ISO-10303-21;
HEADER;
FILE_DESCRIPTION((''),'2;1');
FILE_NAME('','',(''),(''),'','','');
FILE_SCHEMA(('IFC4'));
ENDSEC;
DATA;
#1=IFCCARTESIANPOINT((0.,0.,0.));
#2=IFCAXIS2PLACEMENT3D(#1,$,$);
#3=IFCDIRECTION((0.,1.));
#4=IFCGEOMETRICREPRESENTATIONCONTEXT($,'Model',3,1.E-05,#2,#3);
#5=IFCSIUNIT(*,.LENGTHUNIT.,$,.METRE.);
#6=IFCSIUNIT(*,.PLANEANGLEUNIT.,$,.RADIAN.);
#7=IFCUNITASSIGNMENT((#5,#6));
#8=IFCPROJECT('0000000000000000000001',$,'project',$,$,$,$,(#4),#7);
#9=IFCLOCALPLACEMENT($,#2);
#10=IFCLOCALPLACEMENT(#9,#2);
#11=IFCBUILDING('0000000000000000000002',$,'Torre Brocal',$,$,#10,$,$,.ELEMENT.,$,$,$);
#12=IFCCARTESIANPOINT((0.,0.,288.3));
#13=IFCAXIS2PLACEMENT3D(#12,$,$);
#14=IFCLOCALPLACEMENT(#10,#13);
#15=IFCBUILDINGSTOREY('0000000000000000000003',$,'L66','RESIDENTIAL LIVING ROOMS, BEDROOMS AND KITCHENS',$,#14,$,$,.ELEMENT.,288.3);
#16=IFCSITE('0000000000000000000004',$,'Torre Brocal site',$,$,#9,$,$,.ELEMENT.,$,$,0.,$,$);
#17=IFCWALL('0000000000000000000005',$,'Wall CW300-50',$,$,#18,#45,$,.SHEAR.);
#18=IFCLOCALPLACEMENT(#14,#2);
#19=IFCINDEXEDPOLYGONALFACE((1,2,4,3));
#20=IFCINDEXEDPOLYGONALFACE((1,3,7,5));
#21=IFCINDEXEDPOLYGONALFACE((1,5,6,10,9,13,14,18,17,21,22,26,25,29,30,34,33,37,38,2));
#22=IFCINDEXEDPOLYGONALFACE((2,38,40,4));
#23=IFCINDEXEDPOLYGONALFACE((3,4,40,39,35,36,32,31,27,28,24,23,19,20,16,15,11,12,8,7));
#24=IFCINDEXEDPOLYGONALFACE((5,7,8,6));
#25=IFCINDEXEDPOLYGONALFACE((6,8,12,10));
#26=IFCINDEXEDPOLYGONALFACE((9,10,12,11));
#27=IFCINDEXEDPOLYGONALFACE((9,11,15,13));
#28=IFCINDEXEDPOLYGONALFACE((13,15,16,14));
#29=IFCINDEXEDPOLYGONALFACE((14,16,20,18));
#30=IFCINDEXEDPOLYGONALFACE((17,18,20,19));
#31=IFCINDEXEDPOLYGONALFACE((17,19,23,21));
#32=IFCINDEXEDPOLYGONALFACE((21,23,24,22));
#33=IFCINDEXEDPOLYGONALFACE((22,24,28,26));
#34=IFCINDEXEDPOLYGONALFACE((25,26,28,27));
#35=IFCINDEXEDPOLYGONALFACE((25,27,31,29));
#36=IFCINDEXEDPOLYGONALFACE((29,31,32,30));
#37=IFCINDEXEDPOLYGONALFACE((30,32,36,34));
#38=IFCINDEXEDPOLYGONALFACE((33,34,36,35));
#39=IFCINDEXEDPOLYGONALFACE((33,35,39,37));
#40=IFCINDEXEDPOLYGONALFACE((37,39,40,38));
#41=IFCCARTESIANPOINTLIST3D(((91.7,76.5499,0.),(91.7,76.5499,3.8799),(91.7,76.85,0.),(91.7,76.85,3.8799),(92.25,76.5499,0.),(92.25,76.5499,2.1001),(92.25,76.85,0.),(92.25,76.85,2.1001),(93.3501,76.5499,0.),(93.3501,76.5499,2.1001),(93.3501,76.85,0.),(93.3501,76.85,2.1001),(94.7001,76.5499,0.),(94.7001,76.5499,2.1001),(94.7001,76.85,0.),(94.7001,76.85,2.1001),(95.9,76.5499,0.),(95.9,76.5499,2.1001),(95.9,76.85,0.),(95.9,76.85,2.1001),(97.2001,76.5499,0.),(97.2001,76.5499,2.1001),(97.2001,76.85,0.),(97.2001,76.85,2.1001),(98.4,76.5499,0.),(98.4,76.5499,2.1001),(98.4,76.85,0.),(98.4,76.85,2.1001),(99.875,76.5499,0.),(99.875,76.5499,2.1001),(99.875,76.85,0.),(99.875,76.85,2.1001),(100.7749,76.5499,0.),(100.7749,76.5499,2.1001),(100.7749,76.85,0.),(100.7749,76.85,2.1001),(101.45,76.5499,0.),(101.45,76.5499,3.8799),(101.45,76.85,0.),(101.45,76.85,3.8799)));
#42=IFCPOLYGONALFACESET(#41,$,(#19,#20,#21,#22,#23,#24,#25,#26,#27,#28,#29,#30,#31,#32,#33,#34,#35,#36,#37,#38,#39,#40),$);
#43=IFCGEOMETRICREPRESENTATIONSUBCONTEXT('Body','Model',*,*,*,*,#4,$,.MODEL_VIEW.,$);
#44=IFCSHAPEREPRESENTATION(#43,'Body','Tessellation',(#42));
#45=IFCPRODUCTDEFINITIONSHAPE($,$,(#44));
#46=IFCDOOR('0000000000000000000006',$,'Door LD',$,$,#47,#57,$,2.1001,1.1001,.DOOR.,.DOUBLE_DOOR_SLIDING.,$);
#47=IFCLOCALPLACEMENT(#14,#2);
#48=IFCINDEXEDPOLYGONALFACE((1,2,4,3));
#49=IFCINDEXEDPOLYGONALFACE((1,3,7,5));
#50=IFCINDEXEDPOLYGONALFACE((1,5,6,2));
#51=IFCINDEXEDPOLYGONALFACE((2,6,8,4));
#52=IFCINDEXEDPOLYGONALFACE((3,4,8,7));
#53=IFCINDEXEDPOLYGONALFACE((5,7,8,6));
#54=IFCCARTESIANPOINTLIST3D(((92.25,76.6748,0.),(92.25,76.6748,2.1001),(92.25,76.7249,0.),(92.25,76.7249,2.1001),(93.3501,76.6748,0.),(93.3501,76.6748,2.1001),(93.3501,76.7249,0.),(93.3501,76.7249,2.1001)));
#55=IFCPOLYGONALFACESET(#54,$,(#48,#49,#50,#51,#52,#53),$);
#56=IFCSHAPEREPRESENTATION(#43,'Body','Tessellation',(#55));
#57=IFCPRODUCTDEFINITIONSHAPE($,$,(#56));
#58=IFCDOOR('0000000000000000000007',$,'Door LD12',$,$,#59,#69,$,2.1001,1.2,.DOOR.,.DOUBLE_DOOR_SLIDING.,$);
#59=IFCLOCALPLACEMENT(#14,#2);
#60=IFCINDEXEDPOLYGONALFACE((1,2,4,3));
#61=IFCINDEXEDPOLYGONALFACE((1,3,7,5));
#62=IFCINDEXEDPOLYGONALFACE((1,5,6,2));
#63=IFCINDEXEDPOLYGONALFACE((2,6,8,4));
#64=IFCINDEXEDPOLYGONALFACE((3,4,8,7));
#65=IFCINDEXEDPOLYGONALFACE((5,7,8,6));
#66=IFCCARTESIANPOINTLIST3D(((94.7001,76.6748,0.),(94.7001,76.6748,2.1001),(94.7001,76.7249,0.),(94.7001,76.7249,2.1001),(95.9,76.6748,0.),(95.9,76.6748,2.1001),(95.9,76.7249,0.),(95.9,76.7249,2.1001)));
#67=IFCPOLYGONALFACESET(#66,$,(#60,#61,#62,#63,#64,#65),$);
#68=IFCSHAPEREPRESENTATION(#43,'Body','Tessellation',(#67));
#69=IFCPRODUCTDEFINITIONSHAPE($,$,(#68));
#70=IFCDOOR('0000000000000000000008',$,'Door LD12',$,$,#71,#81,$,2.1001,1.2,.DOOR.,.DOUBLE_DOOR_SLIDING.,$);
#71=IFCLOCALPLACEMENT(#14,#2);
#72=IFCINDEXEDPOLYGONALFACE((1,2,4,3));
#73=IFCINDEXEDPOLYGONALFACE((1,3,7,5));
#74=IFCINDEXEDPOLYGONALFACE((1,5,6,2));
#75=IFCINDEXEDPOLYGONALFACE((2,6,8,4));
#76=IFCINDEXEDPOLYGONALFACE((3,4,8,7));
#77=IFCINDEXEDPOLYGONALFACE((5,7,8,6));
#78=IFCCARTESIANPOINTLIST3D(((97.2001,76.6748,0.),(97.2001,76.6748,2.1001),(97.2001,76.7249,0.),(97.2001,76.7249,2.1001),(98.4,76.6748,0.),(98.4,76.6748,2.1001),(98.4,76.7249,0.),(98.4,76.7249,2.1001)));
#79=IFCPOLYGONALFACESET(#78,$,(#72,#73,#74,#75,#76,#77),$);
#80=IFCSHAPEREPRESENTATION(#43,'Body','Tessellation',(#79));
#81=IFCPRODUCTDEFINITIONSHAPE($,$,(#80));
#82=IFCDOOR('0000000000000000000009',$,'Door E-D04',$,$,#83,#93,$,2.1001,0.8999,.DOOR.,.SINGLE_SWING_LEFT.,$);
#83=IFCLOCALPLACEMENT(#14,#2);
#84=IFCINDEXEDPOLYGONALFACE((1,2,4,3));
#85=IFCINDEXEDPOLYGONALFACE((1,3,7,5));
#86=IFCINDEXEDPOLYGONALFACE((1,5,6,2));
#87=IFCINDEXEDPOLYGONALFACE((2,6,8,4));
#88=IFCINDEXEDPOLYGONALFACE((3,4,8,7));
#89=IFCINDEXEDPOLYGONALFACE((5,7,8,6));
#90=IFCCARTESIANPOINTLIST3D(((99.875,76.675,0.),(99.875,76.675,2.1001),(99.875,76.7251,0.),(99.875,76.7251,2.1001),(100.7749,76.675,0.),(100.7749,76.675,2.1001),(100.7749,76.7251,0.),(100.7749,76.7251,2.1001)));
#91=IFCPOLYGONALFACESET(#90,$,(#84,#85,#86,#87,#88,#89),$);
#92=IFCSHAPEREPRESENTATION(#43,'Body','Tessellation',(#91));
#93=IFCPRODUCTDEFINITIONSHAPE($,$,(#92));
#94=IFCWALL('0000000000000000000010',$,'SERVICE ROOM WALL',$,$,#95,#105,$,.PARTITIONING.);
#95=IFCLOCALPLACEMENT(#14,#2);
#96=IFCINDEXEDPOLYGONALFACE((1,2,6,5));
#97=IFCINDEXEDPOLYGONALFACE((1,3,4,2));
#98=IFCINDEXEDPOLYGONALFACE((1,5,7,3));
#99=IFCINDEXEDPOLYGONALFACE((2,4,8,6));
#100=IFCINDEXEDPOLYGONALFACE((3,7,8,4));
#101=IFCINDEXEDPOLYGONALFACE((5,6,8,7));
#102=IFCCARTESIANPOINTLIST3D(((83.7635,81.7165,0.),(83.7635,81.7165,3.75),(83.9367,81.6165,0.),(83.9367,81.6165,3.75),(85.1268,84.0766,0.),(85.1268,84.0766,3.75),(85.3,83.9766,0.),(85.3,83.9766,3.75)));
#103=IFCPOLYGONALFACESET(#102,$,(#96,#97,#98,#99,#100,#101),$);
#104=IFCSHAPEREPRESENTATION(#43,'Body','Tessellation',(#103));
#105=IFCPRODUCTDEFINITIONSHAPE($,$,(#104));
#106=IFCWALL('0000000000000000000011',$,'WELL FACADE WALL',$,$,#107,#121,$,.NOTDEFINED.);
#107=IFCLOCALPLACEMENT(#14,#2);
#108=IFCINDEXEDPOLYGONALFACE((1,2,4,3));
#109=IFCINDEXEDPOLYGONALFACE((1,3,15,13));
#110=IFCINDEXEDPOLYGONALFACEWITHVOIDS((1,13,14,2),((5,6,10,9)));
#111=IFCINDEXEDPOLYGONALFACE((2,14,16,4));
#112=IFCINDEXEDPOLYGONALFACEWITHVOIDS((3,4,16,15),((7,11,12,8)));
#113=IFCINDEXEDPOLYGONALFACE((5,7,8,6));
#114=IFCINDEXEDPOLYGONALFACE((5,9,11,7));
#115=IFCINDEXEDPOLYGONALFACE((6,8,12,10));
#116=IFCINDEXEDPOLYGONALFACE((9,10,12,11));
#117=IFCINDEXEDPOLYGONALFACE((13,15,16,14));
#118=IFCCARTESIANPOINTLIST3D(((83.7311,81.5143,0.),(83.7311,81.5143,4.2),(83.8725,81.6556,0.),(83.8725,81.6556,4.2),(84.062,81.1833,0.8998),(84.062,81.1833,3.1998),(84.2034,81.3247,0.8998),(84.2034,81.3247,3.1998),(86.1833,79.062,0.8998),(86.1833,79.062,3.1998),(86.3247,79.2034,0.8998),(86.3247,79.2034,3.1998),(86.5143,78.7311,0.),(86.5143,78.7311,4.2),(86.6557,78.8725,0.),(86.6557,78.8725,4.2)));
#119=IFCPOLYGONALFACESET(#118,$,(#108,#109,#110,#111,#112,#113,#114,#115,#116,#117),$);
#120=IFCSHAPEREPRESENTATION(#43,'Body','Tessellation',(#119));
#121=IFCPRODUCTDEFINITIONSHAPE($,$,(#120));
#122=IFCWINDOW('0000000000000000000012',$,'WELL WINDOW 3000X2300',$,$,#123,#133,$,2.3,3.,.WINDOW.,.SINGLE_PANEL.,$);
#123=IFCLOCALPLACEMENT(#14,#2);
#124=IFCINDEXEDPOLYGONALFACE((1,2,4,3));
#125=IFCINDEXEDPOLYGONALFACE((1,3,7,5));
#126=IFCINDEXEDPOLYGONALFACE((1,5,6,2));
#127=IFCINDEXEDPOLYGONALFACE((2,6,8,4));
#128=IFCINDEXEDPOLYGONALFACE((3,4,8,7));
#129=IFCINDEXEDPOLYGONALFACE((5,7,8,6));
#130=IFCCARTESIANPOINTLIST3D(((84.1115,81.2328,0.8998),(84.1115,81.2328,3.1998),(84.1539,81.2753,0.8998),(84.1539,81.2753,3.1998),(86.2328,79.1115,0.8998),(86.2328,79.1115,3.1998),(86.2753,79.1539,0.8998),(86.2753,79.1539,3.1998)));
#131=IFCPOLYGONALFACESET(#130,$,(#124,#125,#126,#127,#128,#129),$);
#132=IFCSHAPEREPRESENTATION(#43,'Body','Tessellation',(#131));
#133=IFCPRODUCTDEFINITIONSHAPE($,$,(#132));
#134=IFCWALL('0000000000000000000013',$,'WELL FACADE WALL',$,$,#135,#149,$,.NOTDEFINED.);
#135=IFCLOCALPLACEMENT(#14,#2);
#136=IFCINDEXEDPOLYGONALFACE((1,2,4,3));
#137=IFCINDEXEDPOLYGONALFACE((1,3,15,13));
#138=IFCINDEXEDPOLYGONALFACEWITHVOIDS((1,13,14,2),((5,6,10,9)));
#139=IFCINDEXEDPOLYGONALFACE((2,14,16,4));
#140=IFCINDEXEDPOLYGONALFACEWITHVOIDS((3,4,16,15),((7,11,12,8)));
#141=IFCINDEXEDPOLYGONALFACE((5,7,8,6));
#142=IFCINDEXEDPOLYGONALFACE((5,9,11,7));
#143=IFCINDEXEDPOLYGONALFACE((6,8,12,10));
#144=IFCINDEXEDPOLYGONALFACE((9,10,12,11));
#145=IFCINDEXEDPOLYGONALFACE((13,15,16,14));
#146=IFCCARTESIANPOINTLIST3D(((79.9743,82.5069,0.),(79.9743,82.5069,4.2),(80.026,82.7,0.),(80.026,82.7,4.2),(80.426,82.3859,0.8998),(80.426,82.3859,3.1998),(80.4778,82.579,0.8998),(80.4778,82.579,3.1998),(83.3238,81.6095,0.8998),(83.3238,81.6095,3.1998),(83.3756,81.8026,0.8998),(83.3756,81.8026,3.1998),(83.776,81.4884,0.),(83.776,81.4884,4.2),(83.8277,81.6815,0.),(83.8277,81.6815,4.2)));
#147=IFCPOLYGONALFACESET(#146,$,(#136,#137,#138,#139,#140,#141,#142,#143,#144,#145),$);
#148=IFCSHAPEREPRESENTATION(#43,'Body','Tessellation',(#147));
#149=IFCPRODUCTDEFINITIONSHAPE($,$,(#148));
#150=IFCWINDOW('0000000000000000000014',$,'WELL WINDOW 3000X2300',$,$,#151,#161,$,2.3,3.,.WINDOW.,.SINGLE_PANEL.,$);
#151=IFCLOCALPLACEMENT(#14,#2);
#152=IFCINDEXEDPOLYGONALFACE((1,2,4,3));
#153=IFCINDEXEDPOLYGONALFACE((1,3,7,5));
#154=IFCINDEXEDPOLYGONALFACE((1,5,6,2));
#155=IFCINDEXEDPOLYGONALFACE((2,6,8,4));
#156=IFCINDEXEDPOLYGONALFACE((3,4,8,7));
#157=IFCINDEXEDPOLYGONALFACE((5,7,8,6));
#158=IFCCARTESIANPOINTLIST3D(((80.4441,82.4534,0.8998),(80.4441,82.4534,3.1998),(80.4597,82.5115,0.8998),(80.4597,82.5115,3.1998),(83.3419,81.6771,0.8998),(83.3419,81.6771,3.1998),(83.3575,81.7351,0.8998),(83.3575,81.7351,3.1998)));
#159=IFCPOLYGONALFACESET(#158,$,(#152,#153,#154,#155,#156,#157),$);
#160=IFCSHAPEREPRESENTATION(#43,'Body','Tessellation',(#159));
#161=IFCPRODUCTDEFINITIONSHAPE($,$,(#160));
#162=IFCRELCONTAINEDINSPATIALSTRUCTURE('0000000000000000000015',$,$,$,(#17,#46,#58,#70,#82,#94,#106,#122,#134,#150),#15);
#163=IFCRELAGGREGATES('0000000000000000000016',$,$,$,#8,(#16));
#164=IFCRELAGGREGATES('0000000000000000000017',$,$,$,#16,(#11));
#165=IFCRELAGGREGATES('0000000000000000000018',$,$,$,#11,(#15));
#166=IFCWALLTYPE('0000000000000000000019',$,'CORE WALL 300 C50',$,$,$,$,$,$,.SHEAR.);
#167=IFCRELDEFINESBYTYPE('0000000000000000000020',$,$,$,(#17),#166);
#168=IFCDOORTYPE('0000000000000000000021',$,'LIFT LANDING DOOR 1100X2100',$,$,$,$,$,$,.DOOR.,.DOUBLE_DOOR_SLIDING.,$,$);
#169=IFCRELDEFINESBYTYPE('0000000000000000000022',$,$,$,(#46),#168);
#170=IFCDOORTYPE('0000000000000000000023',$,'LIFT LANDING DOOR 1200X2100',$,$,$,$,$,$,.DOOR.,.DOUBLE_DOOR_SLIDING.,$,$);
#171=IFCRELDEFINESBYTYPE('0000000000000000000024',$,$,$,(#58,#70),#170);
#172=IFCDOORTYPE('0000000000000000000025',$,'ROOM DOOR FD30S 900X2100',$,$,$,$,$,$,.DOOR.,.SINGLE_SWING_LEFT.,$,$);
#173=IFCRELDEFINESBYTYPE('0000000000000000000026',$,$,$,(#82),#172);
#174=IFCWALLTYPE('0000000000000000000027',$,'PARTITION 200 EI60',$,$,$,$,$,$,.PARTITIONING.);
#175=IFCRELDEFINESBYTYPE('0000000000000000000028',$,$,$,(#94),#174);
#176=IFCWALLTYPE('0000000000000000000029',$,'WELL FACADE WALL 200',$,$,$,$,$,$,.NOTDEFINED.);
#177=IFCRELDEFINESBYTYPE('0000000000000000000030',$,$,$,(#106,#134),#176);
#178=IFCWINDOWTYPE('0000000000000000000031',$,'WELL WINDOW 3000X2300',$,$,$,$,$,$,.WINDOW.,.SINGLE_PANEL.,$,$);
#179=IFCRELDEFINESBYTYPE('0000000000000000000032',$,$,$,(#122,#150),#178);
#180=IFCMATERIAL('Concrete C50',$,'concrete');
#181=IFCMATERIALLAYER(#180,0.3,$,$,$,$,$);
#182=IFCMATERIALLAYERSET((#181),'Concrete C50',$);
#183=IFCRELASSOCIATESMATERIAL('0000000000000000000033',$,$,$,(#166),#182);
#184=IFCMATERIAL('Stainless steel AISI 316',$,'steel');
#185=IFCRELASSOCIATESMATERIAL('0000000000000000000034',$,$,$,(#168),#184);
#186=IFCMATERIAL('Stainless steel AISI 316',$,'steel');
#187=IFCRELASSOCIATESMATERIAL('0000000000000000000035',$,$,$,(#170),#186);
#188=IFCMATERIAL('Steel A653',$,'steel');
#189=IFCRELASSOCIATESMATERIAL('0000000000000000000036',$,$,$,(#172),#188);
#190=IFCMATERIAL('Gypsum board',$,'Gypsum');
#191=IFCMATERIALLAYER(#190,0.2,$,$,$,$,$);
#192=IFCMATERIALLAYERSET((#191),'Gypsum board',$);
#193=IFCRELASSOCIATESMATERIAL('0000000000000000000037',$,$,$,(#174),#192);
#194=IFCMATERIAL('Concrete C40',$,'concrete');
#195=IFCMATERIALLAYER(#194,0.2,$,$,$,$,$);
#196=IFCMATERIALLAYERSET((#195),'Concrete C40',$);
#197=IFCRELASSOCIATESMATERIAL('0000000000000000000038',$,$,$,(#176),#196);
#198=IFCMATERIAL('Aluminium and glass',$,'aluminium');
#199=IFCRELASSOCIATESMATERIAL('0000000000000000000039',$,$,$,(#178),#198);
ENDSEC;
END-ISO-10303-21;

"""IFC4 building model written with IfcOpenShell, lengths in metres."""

from ifc_helpers import new_model, si_unit, direction, frame, frame_2d, origin, place, context, subcontext, project, spatial, rectangle, extrude, material, layer, layer_set, type_object, element, fill, save


model = new_model("IFC4")

# Units and contexts
model_context = context("Model", 3, precision=1e-05, world=origin(), true_north=direction((0.0, 1.0)))
body_context = subcontext(model_context, "Body", "Model", "MODEL_VIEW")
ifc_project = project(units=[si_unit("LENGTHUNIT", "METRE"), si_unit("PLANEANGLEUNIT", "RADIAN")], contexts=[model_context])

# Site, building, storey
site_placement = place(None, origin())
site = spatial("IfcSite", under=ifc_project, at=site_placement, Name="Torre Brocal site", CompositionType="ELEMENT", RefElevation=0.0)
building_placement = place(site_placement, origin())
building = spatial("IfcBuilding", under=site, at=building_placement, Name="Torre Brocal", CompositionType="ELEMENT")
storey_placement = place(building_placement, frame((0.0, 0.0, 288.3)))
storey = spatial("IfcBuildingStorey", under=building, at=storey_placement, Name="L66", Description="RESIDENTIAL LIVING ROOMS, BEDROOMS AND KITCHENS", CompositionType="ELEMENT", Elevation=288.3)

# Shared definitions
ifc_material_1 = material(Name="Concrete C50", Category="concrete")
ifc_layer_1 = layer(ifc_material_1, 0.3)
ifc_layer_set_1 = layer_set([ifc_layer_1], Name="Concrete C50")
wall_type_1 = type_object("IfcWallType", Name="CORE WALL 300 C50", PredefinedType="SHEAR", material=ifc_layer_set_1)

# Wall, openings, doors
wall_1_placement = place(storey_placement, frame((91.7, 76.7, 0.0), z_axis=(0.0, 0.0, 1.0), x_axis=(1.0, 0.0, 0.0)))
wall_1 = element("IfcWall", 1, at=wall_1_placement, inside=storey, type_object=wall_type_1, Name="Wall CW300-50", PredefinedType="SHEAR", context=body_context, shape_type="SweptSolid", body=[
    extrude(rectangle(XDim=9.75, YDim=0.3, at=frame_2d((4.875, 0.0))), origin(), (0.0, 0.0, 1.0), 3.8799),
])
opening_1_placement = place(wall_1_placement, frame((0.55, 0.0, 0.0)))
opening_1 = element("IfcOpeningElement", 2, at=opening_1_placement, cuts=wall_1, PredefinedType="OPENING", context=body_context, shape_type="SweptSolid", body=[
    extrude(rectangle(XDim=1.1001, YDim=2.1001, at=frame_2d((0.55, 1.05))), frame((0.0, 0.1599, 0.0), z_axis=(0.0, -1.0, 0.0), x_axis=(1.0, 0.0, 0.0)), (0.0, 0.0, 1.0), 0.3201),
])
opening_2_placement = place(wall_1_placement, frame((3.0, 0.0, 0.0)))
opening_2 = element("IfcOpeningElement", 3, at=opening_2_placement, cuts=wall_1, PredefinedType="OPENING", context=body_context, shape_type="SweptSolid", body=[
    extrude(rectangle(XDim=1.2, YDim=2.1001, at=frame_2d((0.6001, 1.05))), frame((0.0, 0.1599, 0.0), z_axis=(0.0, -1.0, 0.0), x_axis=(1.0, 0.0, 0.0)), (0.0, 0.0, 1.0), 0.3201),
])
opening_3_placement = place(wall_1_placement, frame((5.5, 0.0, 0.0)))
opening_3 = element("IfcOpeningElement", 4, at=opening_3_placement, cuts=wall_1, PredefinedType="OPENING", context=body_context, shape_type="SweptSolid", body=[
    extrude(rectangle(XDim=1.2, YDim=2.1001, at=frame_2d((0.6001, 1.05))), frame((0.0, 0.1599, 0.0), z_axis=(0.0, -1.0, 0.0), x_axis=(1.0, 0.0, 0.0)), (0.0, 0.0, 1.0), 0.3201),
])
opening_4_placement = place(wall_1_placement, frame((8.175, 0.0, 0.0)))
opening_4 = element("IfcOpeningElement", 5, at=opening_4_placement, cuts=wall_1, PredefinedType="OPENING", context=body_context, shape_type="SweptSolid", body=[
    extrude(rectangle(XDim=0.8999, YDim=2.1001, at=frame_2d((0.45, 1.05))), frame((0.0, 0.1599, 0.0), z_axis=(0.0, -1.0, 0.0), x_axis=(1.0, 0.0, 0.0)), (0.0, 0.0, 1.0), 0.3201),
])
ifc_material_2 = material(Name="Stainless steel AISI 316", Category="steel")
door_type_1 = type_object("IfcDoorType", Name="LIFT LANDING DOOR 1100X2100", OperationType="DOUBLE_DOOR_SLIDING", PredefinedType="DOOR", material=ifc_material_2)
door_1_placement = place(opening_1_placement, origin())
door_1 = element("IfcDoor", 6, at=door_1_placement, inside=storey, type_object=door_type_1, Name="Door LD", OperationType="DOUBLE_DOOR_SLIDING", OverallHeight=2.1001, OverallWidth=1.1001, PredefinedType="DOOR", context=body_context, shape_type="SweptSolid", body=[
    extrude(rectangle(XDim=1.1001, YDim=2.1001, at=frame_2d((0.55, 1.05))), frame((0.0, 0.0249, 0.0), z_axis=(0.0, -1.0, 0.0), x_axis=(1.0, 0.0, 0.0)), (0.0, 0.0, 1.0), 0.05),
])
fill(opening_1, door_1)
ifc_material_3 = material(Name="Stainless steel AISI 316", Category="steel")
door_type_2 = type_object("IfcDoorType", Name="LIFT LANDING DOOR 1200X2100", OperationType="DOUBLE_DOOR_SLIDING", PredefinedType="DOOR", material=ifc_material_3)
door_2_placement = place(opening_2_placement, origin())
door_2 = element("IfcDoor", 7, at=door_2_placement, inside=storey, type_object=door_type_2, Name="Door LD12", OperationType="DOUBLE_DOOR_SLIDING", OverallHeight=2.1001, OverallWidth=1.2, PredefinedType="DOOR", context=body_context, shape_type="SweptSolid", body=[
    extrude(rectangle(XDim=1.2, YDim=2.1001, at=frame_2d((0.6001, 1.05))), frame((0.0, 0.0249, 0.0), z_axis=(0.0, -1.0, 0.0), x_axis=(1.0, 0.0, 0.0)), (0.0, 0.0, 1.0), 0.05),
])
fill(opening_2, door_2)
door_3_placement = place(opening_3_placement, origin())
door_3 = element("IfcDoor", 8, at=door_3_placement, inside=storey, type_object=door_type_2, Name="Door LD12", OperationType="DOUBLE_DOOR_SLIDING", OverallHeight=2.1001, OverallWidth=1.2, PredefinedType="DOOR", context=body_context, shape_type="SweptSolid", body=[
    extrude(rectangle(XDim=1.2, YDim=2.1001, at=frame_2d((0.6001, 1.05))), frame((0.0, 0.0249, 0.0), z_axis=(0.0, -1.0, 0.0), x_axis=(1.0, 0.0, 0.0)), (0.0, 0.0, 1.0), 0.05),
])
fill(opening_3, door_3)
ifc_material_4 = material(Name="Steel A653", Category="steel")
door_type_3 = type_object("IfcDoorType", Name="ROOM DOOR FD30S 900X2100", OperationType="SINGLE_SWING_LEFT", PredefinedType="DOOR", material=ifc_material_4)
door_4_placement = place(opening_4_placement, frame((0.8999, 0.0, 0.0), z_axis=(0.0, 0.0, 1.0), x_axis=(-1.0, 0.0, 0.0)))
door_4 = element("IfcDoor", 9, at=door_4_placement, inside=storey, type_object=door_type_3, Name="Door E-D04", OperationType="SINGLE_SWING_LEFT", OverallHeight=2.1001, OverallWidth=0.8999, PredefinedType="DOOR", context=body_context, shape_type="SweptSolid", body=[
    extrude(rectangle(XDim=0.8999, YDim=2.1001, at=frame_2d((0.45, 1.05))), frame((0.0, 0.0249, 0.0), z_axis=(0.0, -1.0, 0.0), x_axis=(1.0, 0.0, 0.0)), (0.0, 0.0, 1.0), 0.05),
])
fill(opening_4, door_4)

# Wall
ifc_material_5 = material(Name="Gypsum board", Category="Gypsum")
ifc_layer_2 = layer(ifc_material_5, 0.2)
ifc_layer_set_2 = layer_set([ifc_layer_2], Name="Gypsum board")
wall_type_2 = type_object("IfcWallType", Name="PARTITION 200 EI60", PredefinedType="PARTITIONING", material=ifc_layer_set_2)
wall_2_placement = place(storey_placement, frame((83.8501, 81.6665, 0.0), z_axis=(0.0, 0.0, 1.0), x_axis=(0.500185, 0.865919, 0.0)))
element("IfcWall", 10, at=wall_2_placement, inside=storey, type_object=wall_type_2, Name="SERVICE ROOM WALL", PredefinedType="PARTITIONING", context=body_context, shape_type="SweptSolid", body=[
    extrude(rectangle(XDim=2.7256, YDim=0.2, at=frame_2d((1.3628, 0.0))), origin(), (0.0, 0.0, 1.0), 3.75),
])

# Walls, openings, windows
ifc_material_6 = material(Name="Concrete C40", Category="concrete")
ifc_layer_3 = layer(ifc_material_6, 0.2)
ifc_layer_set_3 = layer_set([ifc_layer_3], Name="Concrete C40")
wall_type_3 = type_object("IfcWallType", Name="WELL FACADE WALL 200", PredefinedType="NOTDEFINED", material=ifc_layer_set_3)
wall_3_placement = place(storey_placement, frame((86.585, 78.8018, 0.0), z_axis=(0.0, 0.0, 1.0), x_axis=(-0.707107, 0.707107, 0.0)))
wall_3 = element("IfcWall", 11, at=wall_3_placement, inside=storey, type_object=wall_type_3, Name="WELL FACADE WALL", PredefinedType="NOTDEFINED", context=body_context, shape_type="SweptSolid", body=[
    extrude(rectangle(XDim=3.936, YDim=0.2, at=frame_2d((1.968, 0.0))), origin(), (0.0, 0.0, 1.0), 4.2),
])
opening_5_placement = place(wall_3_placement, frame((0.468, 0.0, 0.8999)))
opening_5 = element("IfcOpeningElement", 12, at=opening_5_placement, cuts=wall_3, PredefinedType="OPENING", context=body_context, shape_type="SweptSolid", body=[
    extrude(rectangle(XDim=3.0, YDim=2.3, at=frame_2d((1.5, 1.1499))), frame((0.0, 0.1099, 0.0), z_axis=(0.0, -1.0, 0.0), x_axis=(1.0, 0.0, 0.0)), (0.0, 0.0, 1.0), 0.22),
])
ifc_material_7 = material(Name="Aluminium and glass", Category="aluminium")
window_type = type_object("IfcWindowType", Name="WELL WINDOW 3000X2300", PartitioningType="SINGLE_PANEL", PredefinedType="WINDOW", material=ifc_material_7)
window_1_placement = place(opening_5_placement, origin())
window_1 = element("IfcWindow", 13, at=window_1_placement, inside=storey, type_object=window_type, Name="WELL WINDOW 3000X2300", OverallHeight=2.3, OverallWidth=3.0, PartitioningType="SINGLE_PANEL", PredefinedType="WINDOW", context=body_context, shape_type="SweptSolid", body=[
    extrude(rectangle(XDim=3.0, YDim=2.3, at=frame_2d((1.5, 1.1499))), frame((0.0, 0.03, 0.0), z_axis=(0.0, -1.0, 0.0), x_axis=(1.0, 0.0, 0.0)), (0.0, 0.0, 1.0), 0.0601),
])
fill(opening_5, window_1)
wall_4_placement = place(storey_placement, frame((83.8018, 81.585, 0.0), z_axis=(0.0, 0.0, 1.0), x_axis=(-0.965934, 0.25879, 0.0)))
wall_4 = element("IfcWall", 14, at=wall_4_placement, inside=storey, type_object=wall_type_3, Name="WELL FACADE WALL", PredefinedType="NOTDEFINED", context=body_context, shape_type="SweptSolid", body=[
    extrude(rectangle(XDim=3.9358, YDim=0.2, at=frame_2d((1.9678, 0.0))), origin(), (0.0, 0.0, 1.0), 4.2),
])
opening_6_placement = place(wall_4_placement, frame((0.468, 0.0, 0.8999)))
opening_6 = element("IfcOpeningElement", 15, at=opening_6_placement, cuts=wall_4, PredefinedType="OPENING", context=body_context, shape_type="SweptSolid", body=[
    extrude(rectangle(XDim=3.0, YDim=2.3, at=frame_2d((1.5, 1.1499))), frame((0.0, 0.1099, 0.0), z_axis=(0.0, -1.0, 0.0), x_axis=(1.0, 0.0, 0.0)), (0.0, 0.0, 1.0), 0.22),
])
window_2_placement = place(opening_6_placement, origin())
window_2 = element("IfcWindow", 16, at=window_2_placement, inside=storey, type_object=window_type, Name="WELL WINDOW 3000X2300", OverallHeight=2.3, OverallWidth=3.0, PartitioningType="SINGLE_PANEL", PredefinedType="WINDOW", context=body_context, shape_type="SweptSolid", body=[
    extrude(rectangle(XDim=3.0, YDim=2.3, at=frame_2d((1.5, 1.1499))), frame((0.0, 0.03, 0.0), z_axis=(0.0, -1.0, 0.0), x_axis=(1.0, 0.0, 0.0)), (0.0, 0.0, 1.0), 0.0601),
])
fill(opening_6, window_2)

save(model, "model.ifc")
